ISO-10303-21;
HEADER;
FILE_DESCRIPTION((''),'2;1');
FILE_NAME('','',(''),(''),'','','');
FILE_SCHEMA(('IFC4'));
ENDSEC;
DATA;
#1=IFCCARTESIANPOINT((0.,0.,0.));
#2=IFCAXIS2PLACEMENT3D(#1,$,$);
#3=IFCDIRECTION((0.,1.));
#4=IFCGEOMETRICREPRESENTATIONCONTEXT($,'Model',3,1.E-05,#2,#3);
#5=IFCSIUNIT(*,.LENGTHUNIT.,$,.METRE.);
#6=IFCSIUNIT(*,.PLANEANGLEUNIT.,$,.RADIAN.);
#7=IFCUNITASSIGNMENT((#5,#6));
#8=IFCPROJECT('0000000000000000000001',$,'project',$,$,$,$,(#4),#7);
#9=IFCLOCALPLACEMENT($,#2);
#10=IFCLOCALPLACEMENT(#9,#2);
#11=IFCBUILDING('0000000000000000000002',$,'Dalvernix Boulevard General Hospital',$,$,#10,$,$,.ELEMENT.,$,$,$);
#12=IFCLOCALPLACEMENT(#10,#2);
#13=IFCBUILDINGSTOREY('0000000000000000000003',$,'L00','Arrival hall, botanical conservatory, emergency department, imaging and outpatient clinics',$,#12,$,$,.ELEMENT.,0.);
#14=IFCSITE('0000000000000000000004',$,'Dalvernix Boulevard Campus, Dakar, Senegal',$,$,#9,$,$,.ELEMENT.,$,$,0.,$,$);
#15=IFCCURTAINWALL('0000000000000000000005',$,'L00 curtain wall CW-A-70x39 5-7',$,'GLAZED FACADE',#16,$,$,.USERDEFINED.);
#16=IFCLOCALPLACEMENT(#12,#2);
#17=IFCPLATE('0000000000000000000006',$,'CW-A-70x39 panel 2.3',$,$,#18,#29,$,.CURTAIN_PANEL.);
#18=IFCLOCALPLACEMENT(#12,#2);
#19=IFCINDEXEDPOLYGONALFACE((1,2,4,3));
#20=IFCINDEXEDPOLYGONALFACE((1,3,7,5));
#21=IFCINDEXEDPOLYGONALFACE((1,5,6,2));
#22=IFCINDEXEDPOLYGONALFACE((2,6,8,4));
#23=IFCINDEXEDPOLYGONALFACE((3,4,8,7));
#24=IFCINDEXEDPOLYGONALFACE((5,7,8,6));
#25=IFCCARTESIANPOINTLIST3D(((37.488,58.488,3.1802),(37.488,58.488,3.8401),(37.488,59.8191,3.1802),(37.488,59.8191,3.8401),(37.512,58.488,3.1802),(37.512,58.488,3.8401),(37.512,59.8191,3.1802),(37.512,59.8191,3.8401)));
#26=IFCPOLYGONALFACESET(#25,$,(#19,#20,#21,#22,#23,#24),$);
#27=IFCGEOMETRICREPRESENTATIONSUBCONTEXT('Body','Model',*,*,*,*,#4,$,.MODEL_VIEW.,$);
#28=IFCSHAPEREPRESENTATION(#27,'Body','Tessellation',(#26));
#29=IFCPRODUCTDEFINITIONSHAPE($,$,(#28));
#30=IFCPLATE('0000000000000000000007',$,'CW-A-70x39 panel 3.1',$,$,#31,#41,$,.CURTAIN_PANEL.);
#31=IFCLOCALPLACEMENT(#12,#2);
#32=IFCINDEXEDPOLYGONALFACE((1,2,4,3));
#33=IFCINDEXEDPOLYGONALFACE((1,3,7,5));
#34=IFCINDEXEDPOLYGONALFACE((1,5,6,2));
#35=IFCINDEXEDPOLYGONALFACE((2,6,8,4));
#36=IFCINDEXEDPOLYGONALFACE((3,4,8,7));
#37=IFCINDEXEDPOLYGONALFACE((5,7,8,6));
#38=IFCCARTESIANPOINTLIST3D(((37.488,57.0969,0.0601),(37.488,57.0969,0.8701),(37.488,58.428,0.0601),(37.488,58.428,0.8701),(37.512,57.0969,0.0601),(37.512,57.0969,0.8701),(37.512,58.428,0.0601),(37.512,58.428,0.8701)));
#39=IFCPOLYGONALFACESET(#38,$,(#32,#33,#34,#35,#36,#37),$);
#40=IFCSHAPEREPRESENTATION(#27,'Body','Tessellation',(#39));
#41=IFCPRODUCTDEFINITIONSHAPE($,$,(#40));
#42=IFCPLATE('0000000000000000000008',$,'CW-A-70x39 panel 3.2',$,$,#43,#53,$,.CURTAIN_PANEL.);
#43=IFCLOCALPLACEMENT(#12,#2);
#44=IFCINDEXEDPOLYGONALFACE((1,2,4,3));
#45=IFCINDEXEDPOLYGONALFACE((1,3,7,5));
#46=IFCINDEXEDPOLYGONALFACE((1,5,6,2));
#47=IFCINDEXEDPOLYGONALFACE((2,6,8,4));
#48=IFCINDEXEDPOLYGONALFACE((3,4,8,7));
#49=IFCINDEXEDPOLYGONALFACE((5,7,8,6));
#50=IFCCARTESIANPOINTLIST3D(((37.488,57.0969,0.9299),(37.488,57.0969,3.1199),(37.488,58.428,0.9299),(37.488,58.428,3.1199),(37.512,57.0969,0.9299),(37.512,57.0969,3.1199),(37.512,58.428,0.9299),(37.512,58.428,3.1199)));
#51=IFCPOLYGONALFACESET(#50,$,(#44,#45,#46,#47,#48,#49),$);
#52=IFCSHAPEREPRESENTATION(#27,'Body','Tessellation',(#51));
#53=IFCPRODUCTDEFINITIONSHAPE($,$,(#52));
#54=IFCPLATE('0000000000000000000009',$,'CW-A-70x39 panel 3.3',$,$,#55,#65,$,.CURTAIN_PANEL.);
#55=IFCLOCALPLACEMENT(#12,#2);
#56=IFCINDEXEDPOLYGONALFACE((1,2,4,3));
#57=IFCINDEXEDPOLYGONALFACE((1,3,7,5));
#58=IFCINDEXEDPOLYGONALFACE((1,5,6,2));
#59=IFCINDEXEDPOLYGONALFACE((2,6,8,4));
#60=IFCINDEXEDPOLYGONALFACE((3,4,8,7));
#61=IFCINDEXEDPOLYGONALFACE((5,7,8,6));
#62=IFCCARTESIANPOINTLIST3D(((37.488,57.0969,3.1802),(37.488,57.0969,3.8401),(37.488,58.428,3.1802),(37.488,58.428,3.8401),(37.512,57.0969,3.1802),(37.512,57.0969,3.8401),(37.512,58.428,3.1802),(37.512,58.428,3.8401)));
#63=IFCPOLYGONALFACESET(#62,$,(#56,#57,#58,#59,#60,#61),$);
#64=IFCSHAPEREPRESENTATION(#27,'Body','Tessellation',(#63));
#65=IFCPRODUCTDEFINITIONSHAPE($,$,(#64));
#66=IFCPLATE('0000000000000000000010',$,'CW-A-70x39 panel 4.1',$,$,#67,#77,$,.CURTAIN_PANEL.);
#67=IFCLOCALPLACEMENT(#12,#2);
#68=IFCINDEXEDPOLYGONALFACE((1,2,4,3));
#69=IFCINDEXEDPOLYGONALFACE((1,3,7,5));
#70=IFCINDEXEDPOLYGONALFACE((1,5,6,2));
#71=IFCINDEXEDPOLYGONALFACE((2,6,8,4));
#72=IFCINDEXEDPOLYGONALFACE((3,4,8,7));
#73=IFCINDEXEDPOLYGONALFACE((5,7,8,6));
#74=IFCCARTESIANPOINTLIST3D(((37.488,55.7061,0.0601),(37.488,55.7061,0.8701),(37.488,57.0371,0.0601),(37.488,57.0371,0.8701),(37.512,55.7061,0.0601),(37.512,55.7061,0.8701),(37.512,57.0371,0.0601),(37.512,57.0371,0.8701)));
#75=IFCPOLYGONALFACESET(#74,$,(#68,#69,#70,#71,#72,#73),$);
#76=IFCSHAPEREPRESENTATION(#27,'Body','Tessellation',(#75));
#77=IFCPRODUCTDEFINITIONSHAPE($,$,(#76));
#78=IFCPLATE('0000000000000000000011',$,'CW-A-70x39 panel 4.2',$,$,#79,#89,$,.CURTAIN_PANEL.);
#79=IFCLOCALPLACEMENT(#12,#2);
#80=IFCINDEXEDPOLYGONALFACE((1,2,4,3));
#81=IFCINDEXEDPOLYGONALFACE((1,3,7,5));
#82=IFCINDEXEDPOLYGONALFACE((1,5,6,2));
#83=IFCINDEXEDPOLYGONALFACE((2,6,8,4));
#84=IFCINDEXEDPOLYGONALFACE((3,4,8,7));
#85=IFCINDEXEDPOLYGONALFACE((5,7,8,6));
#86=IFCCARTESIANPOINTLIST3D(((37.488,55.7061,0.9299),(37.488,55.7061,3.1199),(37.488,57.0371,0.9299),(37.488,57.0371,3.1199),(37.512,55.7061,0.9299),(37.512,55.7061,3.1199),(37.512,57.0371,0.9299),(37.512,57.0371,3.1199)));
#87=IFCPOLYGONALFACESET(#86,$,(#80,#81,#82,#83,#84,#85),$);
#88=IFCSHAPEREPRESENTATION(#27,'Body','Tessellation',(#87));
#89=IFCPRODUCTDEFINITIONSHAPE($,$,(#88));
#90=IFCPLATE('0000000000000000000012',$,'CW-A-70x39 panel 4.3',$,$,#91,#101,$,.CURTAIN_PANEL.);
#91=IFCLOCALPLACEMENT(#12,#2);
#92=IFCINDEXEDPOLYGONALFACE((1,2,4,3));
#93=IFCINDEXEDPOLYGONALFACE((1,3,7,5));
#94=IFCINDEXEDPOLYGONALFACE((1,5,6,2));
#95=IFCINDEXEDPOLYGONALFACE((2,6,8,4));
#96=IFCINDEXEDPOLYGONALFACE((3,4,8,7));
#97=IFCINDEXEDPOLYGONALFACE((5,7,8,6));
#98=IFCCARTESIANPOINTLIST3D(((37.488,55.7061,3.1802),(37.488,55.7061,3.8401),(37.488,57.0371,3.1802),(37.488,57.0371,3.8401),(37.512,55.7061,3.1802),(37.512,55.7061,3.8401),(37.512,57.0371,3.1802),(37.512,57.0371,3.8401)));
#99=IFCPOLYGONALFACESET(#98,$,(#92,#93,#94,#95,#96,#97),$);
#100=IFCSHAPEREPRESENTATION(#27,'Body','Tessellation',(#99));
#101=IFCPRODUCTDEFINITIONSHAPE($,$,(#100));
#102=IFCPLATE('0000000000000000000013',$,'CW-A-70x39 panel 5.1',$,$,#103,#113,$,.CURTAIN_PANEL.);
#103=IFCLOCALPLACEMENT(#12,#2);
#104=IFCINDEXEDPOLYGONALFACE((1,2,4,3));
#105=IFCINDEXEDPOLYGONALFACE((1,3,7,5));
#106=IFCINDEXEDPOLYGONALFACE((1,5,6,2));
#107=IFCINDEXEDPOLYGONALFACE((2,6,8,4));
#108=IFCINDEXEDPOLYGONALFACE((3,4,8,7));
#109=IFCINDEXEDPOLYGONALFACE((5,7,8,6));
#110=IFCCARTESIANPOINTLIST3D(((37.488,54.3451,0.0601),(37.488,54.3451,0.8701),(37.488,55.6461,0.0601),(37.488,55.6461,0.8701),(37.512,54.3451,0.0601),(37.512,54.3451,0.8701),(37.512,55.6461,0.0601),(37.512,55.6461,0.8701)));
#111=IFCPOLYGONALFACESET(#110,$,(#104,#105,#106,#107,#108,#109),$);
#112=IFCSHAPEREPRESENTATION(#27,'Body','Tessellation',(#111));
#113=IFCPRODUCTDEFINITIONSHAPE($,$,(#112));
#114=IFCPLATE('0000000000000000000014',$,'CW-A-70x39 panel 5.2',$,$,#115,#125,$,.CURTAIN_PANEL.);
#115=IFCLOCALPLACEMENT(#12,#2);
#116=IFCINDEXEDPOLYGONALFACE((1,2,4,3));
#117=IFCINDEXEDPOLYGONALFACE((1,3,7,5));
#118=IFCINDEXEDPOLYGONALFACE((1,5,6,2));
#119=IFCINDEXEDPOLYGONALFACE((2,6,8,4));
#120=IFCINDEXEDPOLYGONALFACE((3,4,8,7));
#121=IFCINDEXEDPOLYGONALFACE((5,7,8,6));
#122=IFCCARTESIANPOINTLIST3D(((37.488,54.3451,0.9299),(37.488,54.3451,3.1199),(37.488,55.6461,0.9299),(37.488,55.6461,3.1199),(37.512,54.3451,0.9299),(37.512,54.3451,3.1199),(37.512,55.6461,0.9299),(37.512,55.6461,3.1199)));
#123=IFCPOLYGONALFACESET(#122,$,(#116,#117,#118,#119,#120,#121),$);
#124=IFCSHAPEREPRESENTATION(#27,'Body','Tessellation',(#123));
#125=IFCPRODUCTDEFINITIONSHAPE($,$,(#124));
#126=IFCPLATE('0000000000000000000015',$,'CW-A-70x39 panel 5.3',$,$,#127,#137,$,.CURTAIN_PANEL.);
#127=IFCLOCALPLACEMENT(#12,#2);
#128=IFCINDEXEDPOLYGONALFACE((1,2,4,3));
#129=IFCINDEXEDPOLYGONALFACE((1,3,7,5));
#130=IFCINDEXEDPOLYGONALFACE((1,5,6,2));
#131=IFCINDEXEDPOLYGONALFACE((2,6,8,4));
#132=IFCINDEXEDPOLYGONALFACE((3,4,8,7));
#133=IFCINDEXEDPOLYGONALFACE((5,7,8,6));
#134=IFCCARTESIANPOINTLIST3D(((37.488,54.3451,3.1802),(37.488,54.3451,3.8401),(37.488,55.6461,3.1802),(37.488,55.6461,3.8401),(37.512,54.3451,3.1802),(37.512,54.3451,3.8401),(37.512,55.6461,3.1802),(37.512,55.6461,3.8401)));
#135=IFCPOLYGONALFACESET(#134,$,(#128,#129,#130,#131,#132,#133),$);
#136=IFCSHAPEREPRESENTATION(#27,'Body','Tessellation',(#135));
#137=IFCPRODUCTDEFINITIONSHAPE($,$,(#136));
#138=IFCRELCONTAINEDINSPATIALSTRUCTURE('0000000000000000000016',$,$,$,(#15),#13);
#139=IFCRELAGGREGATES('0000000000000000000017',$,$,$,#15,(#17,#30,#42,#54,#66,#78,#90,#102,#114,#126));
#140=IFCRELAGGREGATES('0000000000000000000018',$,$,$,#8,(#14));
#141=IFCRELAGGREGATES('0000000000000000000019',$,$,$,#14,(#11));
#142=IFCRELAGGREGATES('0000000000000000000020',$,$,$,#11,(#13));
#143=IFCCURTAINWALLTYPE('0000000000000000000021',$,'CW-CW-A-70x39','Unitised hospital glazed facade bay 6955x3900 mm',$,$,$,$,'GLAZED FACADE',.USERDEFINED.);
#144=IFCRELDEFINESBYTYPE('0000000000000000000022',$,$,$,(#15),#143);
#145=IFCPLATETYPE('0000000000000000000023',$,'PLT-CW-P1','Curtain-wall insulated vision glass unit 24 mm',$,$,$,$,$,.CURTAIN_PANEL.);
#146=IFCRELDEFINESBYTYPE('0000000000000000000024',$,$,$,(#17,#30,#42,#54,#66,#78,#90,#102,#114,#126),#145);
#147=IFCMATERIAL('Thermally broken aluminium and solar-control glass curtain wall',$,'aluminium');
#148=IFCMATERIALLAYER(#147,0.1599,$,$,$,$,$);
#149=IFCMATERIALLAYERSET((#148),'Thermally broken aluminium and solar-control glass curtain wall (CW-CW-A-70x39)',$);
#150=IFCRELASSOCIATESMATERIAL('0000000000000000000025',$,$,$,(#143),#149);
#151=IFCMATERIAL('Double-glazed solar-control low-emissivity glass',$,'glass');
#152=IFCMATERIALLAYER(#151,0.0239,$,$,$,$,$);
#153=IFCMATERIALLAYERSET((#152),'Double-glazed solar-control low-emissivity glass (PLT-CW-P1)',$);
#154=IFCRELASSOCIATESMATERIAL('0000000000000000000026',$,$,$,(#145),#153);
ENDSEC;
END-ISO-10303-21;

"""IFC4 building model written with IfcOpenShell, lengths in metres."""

from ifc_helpers import new_model, si_unit, direction, frame, origin, origin_2d, place, context, subcontext, project, spatial, rectangle, extrude, material, layer, layer_set, type_object, element, aggregate, save


model = new_model("IFC4")

# Units and contexts
model_context = context("Model", 3, precision=1e-05, world=origin(), true_north=direction((0.0, 1.0)))
body_context = subcontext(model_context, "Body", "Model", "MODEL_VIEW")
ifc_project = project(units=[si_unit("LENGTHUNIT", "METRE"), si_unit("PLANEANGLEUNIT", "RADIAN")], contexts=[model_context])

# Site, building, storey
site_placement = place(None, origin())
site = spatial("IfcSite", under=ifc_project, at=site_placement, Name="Dalvernix Boulevard Campus, Dakar, Senegal", CompositionType="ELEMENT", RefElevation=0.0)
building_placement = place(site_placement, origin())
building = spatial("IfcBuilding", under=site, at=building_placement, Name="Dalvernix Boulevard General Hospital", CompositionType="ELEMENT")
storey_placement = place(building_placement, origin())
storey = spatial("IfcBuildingStorey", under=building, at=storey_placement, Name="L00", Description="Arrival hall, botanical conservatory, emergency department, imaging and outpatient clinics", CompositionType="ELEMENT", Elevation=0.0)

# Curtain wall
ifc_material_1 = material(Name="Thermally broken aluminium and solar-control glass curtain wall", Category="aluminium")
ifc_layer_1 = layer(ifc_material_1, 0.1599)
ifc_layer_set_1 = layer_set([ifc_layer_1], Name="Thermally broken aluminium and solar-control glass curtain wall (CW-CW-A-70x39)")
curtain_wall_type_1 = type_object("IfcCurtainWallType", Name="CW-CW-A-70x39", Description="Unitised hospital glazed facade bay 6955x3900 mm", ElementType="GLAZED FACADE", PredefinedType="USERDEFINED", material=ifc_layer_set_1)
curtain_wall_1_placement = place(storey_placement, origin())
curtain_wall_1 = element("IfcCurtainWall", 1, at=curtain_wall_1_placement, inside=storey, type_object=curtain_wall_type_1, Name="L00 curtain wall CW-A-70x39 5-7", ObjectType="GLAZED FACADE", PredefinedType="USERDEFINED")

# Plates
ifc_material_2 = material(Name="Double-glazed solar-control low-emissivity glass", Category="glass")
ifc_layer_2 = layer(ifc_material_2, 0.0239)
ifc_layer_set_2 = layer_set([ifc_layer_2], Name="Double-glazed solar-control low-emissivity glass (PLT-CW-P1)")
plate_type = type_object("IfcPlateType", Name="PLT-CW-P1", Description="Curtain-wall insulated vision glass unit 24 mm", PredefinedType="CURTAIN_PANEL", material=ifc_layer_set_2)
plate_1_placement = place(storey_placement, frame((37.5, 59.1536, 3.1802), z_axis=(0.0, 0.0, 1.0), x_axis=(0.0, -1.0, 0.0)))
plate_1 = element("IfcPlate", 2, at=plate_1_placement, type_object=plate_type, Name="CW-A-70x39 panel 2.3", PredefinedType="CURTAIN_PANEL", context=body_context, shape_type="SweptSolid", body=[
    extrude(rectangle(XDim=1.3311, YDim=0.0239, at=origin_2d()), origin(), (0.0, 0.0, 1.0), 0.6599),
])
plate_2_placement = place(storey_placement, frame((37.5, 57.7625, 0.0601), z_axis=(0.0, 0.0, 1.0), x_axis=(0.0, -1.0, 0.0)))
plate_2 = element("IfcPlate", 3, at=plate_2_placement, type_object=plate_type, Name="CW-A-70x39 panel 3.1", PredefinedType="CURTAIN_PANEL", context=body_context, shape_type="SweptSolid", body=[
    extrude(rectangle(XDim=1.3311, YDim=0.0239, at=origin_2d()), origin(), (0.0, 0.0, 1.0), 0.8101),
])
plate_3_placement = place(storey_placement, frame((37.5, 57.7625, 0.9299), z_axis=(0.0, 0.0, 1.0), x_axis=(0.0, -1.0, 0.0)))
plate_3 = element("IfcPlate", 4, at=plate_3_placement, type_object=plate_type, Name="CW-A-70x39 panel 3.2", PredefinedType="CURTAIN_PANEL", context=body_context, shape_type="SweptSolid", body=[
    extrude(rectangle(XDim=1.3311, YDim=0.0239, at=origin_2d()), origin(), (0.0, 0.0, 1.0), 2.1899),
])
plate_4_placement = place(storey_placement, frame((37.5, 57.7625, 3.1802), z_axis=(0.0, 0.0, 1.0), x_axis=(0.0, -1.0, 0.0)))
plate_4 = element("IfcPlate", 5, at=plate_4_placement, type_object=plate_type, Name="CW-A-70x39 panel 3.3", PredefinedType="CURTAIN_PANEL", context=body_context, shape_type="SweptSolid", body=[
    extrude(rectangle(XDim=1.3311, YDim=0.0239, at=origin_2d()), origin(), (0.0, 0.0, 1.0), 0.6599),
])
plate_5_placement = place(storey_placement, frame((37.5, 56.3716, 0.0601), z_axis=(0.0, 0.0, 1.0), x_axis=(0.0, -1.0, 0.0)))
plate_5 = element("IfcPlate", 6, at=plate_5_placement, type_object=plate_type, Name="CW-A-70x39 panel 4.1", PredefinedType="CURTAIN_PANEL", context=body_context, shape_type="SweptSolid", body=[
    extrude(rectangle(XDim=1.3311, YDim=0.0239, at=origin_2d()), origin(), (0.0, 0.0, 1.0), 0.8101),
])
plate_6_placement = place(storey_placement, frame((37.5, 56.3716, 0.9299), z_axis=(0.0, 0.0, 1.0), x_axis=(0.0, -1.0, 0.0)))
plate_6 = element("IfcPlate", 7, at=plate_6_placement, type_object=plate_type, Name="CW-A-70x39 panel 4.2", PredefinedType="CURTAIN_PANEL", context=body_context, shape_type="SweptSolid", body=[
    extrude(rectangle(XDim=1.3311, YDim=0.0239, at=origin_2d()), origin(), (0.0, 0.0, 1.0), 2.1899),
])
plate_7_placement = place(storey_placement, frame((37.5, 56.3716, 3.1802), z_axis=(0.0, 0.0, 1.0), x_axis=(0.0, -1.0, 0.0)))
plate_7 = element("IfcPlate", 8, at=plate_7_placement, type_object=plate_type, Name="CW-A-70x39 panel 4.3", PredefinedType="CURTAIN_PANEL", context=body_context, shape_type="SweptSolid", body=[
    extrude(rectangle(XDim=1.3311, YDim=0.0239, at=origin_2d()), origin(), (0.0, 0.0, 1.0), 0.6599),
])
plate_8_placement = place(storey_placement, frame((37.5, 54.9956, 0.0601), z_axis=(0.0, 0.0, 1.0), x_axis=(0.0, -1.0, 0.0)))
plate_8 = element("IfcPlate", 9, at=plate_8_placement, type_object=plate_type, Name="CW-A-70x39 panel 5.1", PredefinedType="CURTAIN_PANEL", context=body_context, shape_type="SweptSolid", body=[
    extrude(rectangle(XDim=1.301, YDim=0.0239, at=origin_2d()), origin(), (0.0, 0.0, 1.0), 0.8101),
])
plate_9_placement = place(storey_placement, frame((37.5, 54.9956, 0.9299), z_axis=(0.0, 0.0, 1.0), x_axis=(0.0, -1.0, 0.0)))
plate_9 = element("IfcPlate", 10, at=plate_9_placement, type_object=plate_type, Name="CW-A-70x39 panel 5.2", PredefinedType="CURTAIN_PANEL", context=body_context, shape_type="SweptSolid", body=[
    extrude(rectangle(XDim=1.301, YDim=0.0239, at=origin_2d()), origin(), (0.0, 0.0, 1.0), 2.1899),
])
plate_10_placement = place(storey_placement, frame((37.5, 54.9956, 3.1802), z_axis=(0.0, 0.0, 1.0), x_axis=(0.0, -1.0, 0.0)))
plate_10 = element("IfcPlate", 11, at=plate_10_placement, type_object=plate_type, Name="CW-A-70x39 panel 5.3", PredefinedType="CURTAIN_PANEL", context=body_context, shape_type="SweptSolid", body=[
    extrude(rectangle(XDim=1.301, YDim=0.0239, at=origin_2d()), origin(), (0.0, 0.0, 1.0), 0.6599),
])
aggregate(curtain_wall_1, [plate_1, plate_2, plate_3, plate_4, plate_5, plate_6, plate_7, plate_8, plate_9, plate_10])

save(model, "model.ifc")
